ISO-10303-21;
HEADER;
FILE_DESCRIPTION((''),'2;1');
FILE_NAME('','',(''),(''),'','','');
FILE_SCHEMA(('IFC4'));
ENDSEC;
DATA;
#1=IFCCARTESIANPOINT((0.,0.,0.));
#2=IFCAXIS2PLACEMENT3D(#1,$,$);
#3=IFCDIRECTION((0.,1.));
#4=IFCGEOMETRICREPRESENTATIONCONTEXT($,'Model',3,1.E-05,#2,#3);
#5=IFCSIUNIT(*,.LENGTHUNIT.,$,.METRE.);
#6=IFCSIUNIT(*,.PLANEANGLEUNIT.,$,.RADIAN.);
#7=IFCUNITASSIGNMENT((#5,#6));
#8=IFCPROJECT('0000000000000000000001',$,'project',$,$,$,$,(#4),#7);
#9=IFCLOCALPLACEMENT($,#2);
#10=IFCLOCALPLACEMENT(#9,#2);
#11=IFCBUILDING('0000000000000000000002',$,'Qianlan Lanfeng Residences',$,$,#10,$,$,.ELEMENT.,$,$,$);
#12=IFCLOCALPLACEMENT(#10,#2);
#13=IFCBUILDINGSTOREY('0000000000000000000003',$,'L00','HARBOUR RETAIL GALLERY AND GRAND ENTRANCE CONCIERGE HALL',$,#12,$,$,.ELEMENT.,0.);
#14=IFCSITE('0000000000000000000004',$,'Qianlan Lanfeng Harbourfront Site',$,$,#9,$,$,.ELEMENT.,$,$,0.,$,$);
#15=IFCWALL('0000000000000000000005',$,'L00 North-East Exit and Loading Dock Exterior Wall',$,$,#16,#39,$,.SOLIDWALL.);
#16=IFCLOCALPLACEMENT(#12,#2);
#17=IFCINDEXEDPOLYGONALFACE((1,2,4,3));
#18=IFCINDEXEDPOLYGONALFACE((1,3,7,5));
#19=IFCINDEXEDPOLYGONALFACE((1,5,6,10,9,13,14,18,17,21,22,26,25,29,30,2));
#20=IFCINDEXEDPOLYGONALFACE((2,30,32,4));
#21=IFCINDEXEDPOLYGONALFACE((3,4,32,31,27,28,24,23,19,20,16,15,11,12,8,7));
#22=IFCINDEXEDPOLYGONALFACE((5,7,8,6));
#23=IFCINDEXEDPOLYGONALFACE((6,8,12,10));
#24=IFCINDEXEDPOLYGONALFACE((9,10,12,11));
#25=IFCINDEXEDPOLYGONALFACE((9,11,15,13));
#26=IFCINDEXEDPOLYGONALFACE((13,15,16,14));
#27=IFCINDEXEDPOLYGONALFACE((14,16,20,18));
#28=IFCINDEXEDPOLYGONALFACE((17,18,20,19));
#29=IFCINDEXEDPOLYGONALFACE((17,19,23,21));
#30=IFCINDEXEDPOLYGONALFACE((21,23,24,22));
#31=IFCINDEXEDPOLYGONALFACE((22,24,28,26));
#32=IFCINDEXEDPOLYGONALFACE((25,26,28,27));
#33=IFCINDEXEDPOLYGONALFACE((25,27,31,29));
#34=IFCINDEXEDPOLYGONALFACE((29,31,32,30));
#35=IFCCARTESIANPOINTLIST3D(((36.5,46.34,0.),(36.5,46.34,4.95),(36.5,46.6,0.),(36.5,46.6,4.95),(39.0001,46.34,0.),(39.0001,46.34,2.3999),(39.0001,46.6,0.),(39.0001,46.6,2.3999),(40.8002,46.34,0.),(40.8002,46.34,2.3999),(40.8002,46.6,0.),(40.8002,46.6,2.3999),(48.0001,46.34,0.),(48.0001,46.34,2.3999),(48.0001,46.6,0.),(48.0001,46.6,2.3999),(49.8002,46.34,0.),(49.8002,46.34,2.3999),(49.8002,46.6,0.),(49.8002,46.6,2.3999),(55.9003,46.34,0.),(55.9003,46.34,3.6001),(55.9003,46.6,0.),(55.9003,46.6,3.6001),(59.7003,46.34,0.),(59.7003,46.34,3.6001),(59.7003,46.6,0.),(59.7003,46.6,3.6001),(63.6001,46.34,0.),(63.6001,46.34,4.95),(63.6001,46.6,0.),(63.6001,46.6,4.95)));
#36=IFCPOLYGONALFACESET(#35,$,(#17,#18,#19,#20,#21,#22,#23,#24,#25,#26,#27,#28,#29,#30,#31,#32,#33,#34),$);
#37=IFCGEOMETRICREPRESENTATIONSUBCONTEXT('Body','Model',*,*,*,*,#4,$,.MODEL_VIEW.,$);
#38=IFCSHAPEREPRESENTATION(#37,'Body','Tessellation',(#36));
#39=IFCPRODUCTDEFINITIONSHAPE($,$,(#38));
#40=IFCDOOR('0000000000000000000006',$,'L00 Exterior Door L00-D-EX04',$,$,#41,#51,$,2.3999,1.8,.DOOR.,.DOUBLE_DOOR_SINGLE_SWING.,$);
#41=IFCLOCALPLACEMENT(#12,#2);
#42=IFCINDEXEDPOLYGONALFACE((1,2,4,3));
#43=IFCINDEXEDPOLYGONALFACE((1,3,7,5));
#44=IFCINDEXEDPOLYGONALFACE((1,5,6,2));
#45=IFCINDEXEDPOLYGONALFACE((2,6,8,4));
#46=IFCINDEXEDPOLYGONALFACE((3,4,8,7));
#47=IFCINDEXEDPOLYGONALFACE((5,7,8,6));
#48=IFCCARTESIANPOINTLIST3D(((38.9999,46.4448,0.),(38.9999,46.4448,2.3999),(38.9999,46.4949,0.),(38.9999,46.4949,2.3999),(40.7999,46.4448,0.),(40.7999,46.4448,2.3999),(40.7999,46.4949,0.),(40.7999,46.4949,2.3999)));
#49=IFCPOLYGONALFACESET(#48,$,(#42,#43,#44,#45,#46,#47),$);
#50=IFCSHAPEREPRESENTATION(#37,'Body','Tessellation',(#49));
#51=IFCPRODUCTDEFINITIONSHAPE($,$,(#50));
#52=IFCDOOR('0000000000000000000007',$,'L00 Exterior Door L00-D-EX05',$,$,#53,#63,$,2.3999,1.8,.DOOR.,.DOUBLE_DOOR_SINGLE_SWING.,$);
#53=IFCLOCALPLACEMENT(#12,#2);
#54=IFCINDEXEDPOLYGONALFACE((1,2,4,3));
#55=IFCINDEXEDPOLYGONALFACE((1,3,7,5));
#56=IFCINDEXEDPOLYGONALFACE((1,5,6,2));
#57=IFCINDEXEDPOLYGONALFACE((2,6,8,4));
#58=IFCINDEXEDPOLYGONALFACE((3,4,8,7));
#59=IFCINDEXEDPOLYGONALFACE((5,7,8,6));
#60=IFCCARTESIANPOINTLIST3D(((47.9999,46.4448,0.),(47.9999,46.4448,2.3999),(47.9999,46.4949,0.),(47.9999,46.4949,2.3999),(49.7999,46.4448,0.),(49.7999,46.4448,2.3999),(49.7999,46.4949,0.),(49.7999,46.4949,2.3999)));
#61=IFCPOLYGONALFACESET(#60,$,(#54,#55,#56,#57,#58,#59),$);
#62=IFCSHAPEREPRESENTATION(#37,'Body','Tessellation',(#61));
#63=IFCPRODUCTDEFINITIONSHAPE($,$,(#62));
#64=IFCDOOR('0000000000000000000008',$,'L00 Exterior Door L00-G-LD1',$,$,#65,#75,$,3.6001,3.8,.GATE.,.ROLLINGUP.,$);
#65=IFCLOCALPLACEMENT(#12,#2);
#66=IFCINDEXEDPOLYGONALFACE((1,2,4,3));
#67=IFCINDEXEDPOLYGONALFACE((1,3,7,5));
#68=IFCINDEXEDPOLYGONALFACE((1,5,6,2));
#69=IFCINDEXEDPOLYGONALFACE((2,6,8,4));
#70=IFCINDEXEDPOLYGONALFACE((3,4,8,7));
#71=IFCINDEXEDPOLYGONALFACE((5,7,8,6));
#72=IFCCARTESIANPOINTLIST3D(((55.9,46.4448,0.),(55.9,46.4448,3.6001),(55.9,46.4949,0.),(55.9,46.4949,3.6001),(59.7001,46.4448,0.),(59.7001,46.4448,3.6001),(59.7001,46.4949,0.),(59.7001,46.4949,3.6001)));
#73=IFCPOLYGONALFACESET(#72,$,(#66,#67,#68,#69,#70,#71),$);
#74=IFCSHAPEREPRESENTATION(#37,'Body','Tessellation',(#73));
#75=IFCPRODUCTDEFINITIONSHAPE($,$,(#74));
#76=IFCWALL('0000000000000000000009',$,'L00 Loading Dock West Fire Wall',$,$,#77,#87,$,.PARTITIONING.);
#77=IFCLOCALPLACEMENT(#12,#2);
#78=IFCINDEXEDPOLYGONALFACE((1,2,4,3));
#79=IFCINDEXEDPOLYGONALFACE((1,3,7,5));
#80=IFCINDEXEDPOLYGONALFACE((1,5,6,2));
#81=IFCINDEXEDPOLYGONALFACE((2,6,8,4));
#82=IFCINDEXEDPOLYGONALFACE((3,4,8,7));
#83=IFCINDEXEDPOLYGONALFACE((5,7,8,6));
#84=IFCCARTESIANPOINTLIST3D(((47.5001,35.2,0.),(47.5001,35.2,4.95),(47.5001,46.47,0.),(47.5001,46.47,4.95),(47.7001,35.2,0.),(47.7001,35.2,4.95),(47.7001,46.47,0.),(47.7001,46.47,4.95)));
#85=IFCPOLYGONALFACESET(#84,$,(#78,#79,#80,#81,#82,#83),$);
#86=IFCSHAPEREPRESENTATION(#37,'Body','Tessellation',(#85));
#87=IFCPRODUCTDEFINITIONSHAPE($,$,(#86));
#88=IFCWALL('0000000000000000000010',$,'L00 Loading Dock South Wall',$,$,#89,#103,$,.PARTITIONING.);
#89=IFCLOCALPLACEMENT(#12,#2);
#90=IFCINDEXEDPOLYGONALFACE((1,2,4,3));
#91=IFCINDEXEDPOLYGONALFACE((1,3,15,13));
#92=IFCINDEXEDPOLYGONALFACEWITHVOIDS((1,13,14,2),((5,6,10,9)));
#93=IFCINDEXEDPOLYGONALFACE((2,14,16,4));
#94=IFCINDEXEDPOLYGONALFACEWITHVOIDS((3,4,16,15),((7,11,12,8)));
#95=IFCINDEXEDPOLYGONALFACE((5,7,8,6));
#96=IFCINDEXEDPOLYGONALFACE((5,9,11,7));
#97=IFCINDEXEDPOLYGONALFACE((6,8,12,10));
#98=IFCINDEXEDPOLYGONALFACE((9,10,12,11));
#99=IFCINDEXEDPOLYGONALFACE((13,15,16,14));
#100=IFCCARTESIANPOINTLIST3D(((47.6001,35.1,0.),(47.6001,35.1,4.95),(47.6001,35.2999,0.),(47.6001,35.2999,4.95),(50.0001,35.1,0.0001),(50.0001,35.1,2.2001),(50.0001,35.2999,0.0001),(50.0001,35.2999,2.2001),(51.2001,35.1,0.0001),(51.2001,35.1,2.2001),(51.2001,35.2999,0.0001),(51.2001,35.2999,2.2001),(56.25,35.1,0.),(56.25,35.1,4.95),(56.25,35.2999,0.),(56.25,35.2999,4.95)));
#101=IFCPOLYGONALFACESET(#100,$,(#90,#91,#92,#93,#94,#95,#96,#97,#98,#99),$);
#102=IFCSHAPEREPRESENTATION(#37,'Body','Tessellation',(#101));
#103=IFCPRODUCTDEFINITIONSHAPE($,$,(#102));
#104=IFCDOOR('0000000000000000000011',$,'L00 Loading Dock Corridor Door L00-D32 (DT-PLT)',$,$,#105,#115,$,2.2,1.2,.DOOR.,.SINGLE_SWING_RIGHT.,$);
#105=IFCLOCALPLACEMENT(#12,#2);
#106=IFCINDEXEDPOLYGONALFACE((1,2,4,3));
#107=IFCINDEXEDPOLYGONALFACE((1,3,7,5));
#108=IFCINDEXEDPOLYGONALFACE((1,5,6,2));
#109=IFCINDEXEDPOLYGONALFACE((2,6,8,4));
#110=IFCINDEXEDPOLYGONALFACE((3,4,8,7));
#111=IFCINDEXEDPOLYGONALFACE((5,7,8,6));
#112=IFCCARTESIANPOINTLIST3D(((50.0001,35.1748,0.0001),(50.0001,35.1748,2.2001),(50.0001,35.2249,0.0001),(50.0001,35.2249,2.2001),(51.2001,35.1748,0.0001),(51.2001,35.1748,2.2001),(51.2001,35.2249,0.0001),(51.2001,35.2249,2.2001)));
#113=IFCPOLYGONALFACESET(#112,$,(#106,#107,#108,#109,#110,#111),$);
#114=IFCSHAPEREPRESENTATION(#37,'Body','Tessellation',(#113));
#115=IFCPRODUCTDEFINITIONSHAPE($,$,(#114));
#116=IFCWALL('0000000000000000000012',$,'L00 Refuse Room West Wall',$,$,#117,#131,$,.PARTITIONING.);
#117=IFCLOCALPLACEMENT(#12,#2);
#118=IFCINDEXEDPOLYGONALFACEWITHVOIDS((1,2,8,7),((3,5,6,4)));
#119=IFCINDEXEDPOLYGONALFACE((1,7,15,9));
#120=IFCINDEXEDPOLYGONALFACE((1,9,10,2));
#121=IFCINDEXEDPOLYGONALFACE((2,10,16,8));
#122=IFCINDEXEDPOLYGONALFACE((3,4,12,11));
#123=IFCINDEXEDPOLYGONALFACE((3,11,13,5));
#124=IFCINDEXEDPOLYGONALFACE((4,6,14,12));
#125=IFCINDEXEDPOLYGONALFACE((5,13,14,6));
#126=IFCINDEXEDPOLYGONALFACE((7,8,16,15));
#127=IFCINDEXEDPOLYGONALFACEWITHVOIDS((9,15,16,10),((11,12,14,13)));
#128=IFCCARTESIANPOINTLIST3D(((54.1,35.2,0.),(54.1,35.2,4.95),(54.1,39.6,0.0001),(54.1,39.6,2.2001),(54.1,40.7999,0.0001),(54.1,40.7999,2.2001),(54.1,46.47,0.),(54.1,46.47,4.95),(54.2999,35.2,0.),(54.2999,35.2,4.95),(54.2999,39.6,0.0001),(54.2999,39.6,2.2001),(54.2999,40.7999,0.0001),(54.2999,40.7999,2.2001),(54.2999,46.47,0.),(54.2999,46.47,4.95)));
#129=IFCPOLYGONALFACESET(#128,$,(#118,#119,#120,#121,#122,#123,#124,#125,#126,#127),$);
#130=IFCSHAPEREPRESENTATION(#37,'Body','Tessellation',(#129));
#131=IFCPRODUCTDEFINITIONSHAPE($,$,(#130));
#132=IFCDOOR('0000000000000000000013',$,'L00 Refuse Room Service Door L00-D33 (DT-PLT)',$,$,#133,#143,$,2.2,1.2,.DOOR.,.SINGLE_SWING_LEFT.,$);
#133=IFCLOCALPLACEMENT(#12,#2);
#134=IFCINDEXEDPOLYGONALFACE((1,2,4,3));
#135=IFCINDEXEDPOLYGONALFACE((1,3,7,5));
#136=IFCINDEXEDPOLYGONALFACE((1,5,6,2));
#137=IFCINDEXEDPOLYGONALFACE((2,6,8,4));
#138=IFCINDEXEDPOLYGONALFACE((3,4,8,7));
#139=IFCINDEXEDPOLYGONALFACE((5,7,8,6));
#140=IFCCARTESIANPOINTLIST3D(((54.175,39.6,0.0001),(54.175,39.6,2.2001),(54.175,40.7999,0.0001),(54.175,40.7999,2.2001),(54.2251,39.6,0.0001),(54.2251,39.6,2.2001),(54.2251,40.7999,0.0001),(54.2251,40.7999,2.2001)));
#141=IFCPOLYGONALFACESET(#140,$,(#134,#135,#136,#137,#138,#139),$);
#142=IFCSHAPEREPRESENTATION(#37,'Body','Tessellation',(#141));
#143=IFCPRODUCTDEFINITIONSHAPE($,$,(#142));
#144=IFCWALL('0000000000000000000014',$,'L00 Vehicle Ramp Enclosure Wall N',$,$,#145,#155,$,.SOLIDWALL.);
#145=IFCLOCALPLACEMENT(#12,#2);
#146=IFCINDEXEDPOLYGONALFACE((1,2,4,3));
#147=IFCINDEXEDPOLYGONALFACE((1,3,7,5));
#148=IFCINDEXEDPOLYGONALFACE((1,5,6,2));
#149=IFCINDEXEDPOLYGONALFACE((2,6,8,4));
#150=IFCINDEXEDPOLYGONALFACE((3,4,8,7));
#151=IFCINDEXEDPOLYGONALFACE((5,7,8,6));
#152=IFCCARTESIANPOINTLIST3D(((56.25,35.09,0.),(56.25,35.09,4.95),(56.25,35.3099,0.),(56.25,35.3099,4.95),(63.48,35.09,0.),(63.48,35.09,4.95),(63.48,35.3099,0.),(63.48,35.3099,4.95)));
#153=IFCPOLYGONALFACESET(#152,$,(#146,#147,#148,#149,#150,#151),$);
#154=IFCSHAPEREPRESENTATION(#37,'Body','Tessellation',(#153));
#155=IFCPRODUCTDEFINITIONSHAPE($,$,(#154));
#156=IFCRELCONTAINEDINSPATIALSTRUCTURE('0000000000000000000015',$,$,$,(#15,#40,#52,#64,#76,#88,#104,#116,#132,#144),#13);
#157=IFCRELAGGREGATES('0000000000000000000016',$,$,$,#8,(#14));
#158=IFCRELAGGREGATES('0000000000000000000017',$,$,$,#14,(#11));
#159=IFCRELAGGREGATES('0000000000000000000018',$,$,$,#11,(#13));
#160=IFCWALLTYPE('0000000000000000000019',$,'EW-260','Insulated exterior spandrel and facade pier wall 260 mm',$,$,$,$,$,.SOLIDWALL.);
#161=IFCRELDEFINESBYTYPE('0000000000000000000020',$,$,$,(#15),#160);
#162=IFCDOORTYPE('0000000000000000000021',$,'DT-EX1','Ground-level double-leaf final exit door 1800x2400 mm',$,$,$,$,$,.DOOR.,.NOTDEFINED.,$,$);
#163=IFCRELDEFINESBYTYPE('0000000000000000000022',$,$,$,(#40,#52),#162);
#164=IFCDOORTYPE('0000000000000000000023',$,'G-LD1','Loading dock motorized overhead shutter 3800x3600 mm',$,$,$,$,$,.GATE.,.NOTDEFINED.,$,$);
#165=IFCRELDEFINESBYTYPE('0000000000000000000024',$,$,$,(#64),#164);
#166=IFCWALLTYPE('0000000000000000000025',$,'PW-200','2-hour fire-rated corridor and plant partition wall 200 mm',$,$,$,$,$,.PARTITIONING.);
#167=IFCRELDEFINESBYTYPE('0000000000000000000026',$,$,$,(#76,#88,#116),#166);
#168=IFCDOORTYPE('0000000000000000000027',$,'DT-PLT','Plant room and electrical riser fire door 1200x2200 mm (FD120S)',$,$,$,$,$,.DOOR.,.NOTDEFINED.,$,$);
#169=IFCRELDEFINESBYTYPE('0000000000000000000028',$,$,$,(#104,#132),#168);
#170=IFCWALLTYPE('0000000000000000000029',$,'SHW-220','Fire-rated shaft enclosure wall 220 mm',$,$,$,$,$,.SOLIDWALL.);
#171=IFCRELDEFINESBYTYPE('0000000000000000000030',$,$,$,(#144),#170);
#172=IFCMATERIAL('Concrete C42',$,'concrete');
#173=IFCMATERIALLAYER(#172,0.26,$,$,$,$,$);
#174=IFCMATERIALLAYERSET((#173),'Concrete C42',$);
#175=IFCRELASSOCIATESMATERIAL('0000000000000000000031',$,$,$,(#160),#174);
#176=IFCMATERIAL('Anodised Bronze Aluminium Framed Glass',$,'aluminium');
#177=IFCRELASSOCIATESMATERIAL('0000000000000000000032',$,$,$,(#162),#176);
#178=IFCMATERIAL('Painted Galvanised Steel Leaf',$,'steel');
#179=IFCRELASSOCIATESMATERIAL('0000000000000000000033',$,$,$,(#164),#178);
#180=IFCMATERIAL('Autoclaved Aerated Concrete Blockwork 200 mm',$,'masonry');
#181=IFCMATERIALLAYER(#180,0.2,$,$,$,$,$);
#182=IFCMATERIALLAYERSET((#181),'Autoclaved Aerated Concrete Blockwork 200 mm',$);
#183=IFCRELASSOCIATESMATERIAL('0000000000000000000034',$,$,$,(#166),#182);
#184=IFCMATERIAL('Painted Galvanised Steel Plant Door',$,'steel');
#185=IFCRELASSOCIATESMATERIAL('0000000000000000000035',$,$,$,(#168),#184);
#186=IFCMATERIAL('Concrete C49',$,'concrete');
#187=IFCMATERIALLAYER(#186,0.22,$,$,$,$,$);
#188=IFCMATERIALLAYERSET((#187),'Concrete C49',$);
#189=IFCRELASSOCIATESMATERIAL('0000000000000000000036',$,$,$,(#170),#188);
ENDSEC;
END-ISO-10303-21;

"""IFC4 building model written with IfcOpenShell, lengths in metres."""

from ifc_helpers import new_model, si_unit, direction, frame, frame_2d, origin, place, context, subcontext, project, spatial, rectangle, extrude, material, layer, layer_set, type_object, element, fill, save


model = new_model("IFC4")

# Units and contexts
model_context = context("Model", 3, precision=1e-05, world=origin(), true_north=direction((0.0, 1.0)))
body_context = subcontext(model_context, "Body", "Model", "MODEL_VIEW")
ifc_project = project(units=[si_unit("LENGTHUNIT", "METRE"), si_unit("PLANEANGLEUNIT", "RADIAN")], contexts=[model_context])

# Site, building, storey
site_placement = place(None, origin())
site = spatial("IfcSite", under=ifc_project, at=site_placement, Name="Qianlan Lanfeng Harbourfront Site", CompositionType="ELEMENT", RefElevation=0.0)
building_placement = place(site_placement, origin())
building = spatial("IfcBuilding", under=site, at=building_placement, Name="Qianlan Lanfeng Residences", CompositionType="ELEMENT")
storey_placement = place(building_placement, origin())
storey = spatial("IfcBuildingStorey", under=building, at=storey_placement, Name="L00", Description="HARBOUR RETAIL GALLERY AND GRAND ENTRANCE CONCIERGE HALL", CompositionType="ELEMENT", Elevation=0.0)

# Shared definitions
ifc_material_1 = material(Name="Concrete C42", Category="concrete")
ifc_layer_1 = layer(ifc_material_1, 0.26)
ifc_layer_set_1 = layer_set([ifc_layer_1], Name="Concrete C42")
wall_type_1 = type_object("IfcWallType", Name="EW-260", Description="Insulated exterior spandrel and facade pier wall 260 mm", PredefinedType="SOLIDWALL", material=ifc_layer_set_1)

# Wall, openings, doors
wall_1_placement = place(storey_placement, frame((63.6001, 46.47, 0.0), z_axis=(0.0, 0.0, 1.0), x_axis=(-1.0, 0.0, 0.0)))
wall_1 = element("IfcWall", 1, at=wall_1_placement, inside=storey, type_object=wall_type_1, Name="L00 North-East Exit and Loading Dock Exterior Wall", PredefinedType="SOLIDWALL", context=body_context, shape_type="SweptSolid", body=[
    extrude(rectangle(XDim=27.1001, YDim=0.26, at=frame_2d((13.55, 0.0))), origin(), (0.0, 0.0, 1.0), 4.95),
])
opening_1_placement = place(wall_1_placement, frame((22.8, 0.0, 0.0)))
opening_1 = element("IfcOpeningElement", 2, at=opening_1_placement, cuts=wall_1, PredefinedType="OPENING", context=body_context, shape_type="SweptSolid", body=[
    extrude(rectangle(XDim=1.8, YDim=2.3999, at=frame_2d((0.8999, 1.2))), frame((0.0, 0.1401, 0.0), z_axis=(0.0, -1.0, 0.0), x_axis=(1.0, 0.0, 0.0)), (0.0, 0.0, 1.0), 0.28),
])
opening_2_placement = place(wall_1_placement, frame((13.8, 0.0, 0.0)))
opening_2 = element("IfcOpeningElement", 3, at=opening_2_placement, cuts=wall_1, PredefinedType="OPENING", context=body_context, shape_type="SweptSolid", body=[
    extrude(rectangle(XDim=1.8, YDim=2.3999, at=frame_2d((0.8999, 1.2))), frame((0.0, 0.1401, 0.0), z_axis=(0.0, -1.0, 0.0), x_axis=(1.0, 0.0, 0.0)), (0.0, 0.0, 1.0), 0.28),
])
opening_3_placement = place(wall_1_placement, frame((3.8999, 0.0, 0.0)))
opening_3 = element("IfcOpeningElement", 4, at=opening_3_placement, cuts=wall_1, PredefinedType="OPENING", context=body_context, shape_type="SweptSolid", body=[
    extrude(rectangle(XDim=3.8, YDim=3.6001, at=frame_2d((1.8999, 1.8))), frame((0.0, 0.1401, 0.0), z_axis=(0.0, -1.0, 0.0), x_axis=(1.0, 0.0, 0.0)), (0.0, 0.0, 1.0), 0.28),
])
ifc_material_2 = material(Name="Anodised Bronze Aluminium Framed Glass", Category="aluminium")
door_type_1 = type_object("IfcDoorType", Name="DT-EX1", Description="Ground-level double-leaf final exit door 1800x2400 mm", OperationType="NOTDEFINED", PredefinedType="DOOR", material=ifc_material_2)
door_1_placement = place(opening_1_placement, frame((1.8, 0.0, 0.0), z_axis=(0.0, 0.0, 1.0), x_axis=(-1.0, 0.0, 0.0)))
door_1 = element("IfcDoor", 5, at=door_1_placement, inside=storey, type_object=door_type_1, Name="L00 Exterior Door L00-D-EX04", OperationType="DOUBLE_DOOR_SINGLE_SWING", OverallHeight=2.3999, OverallWidth=1.8, PredefinedType="DOOR", context=body_context, shape_type="SweptSolid", body=[
    extrude(rectangle(XDim=1.8, YDim=2.3999, at=frame_2d((0.8999, 1.2))), frame((0.0, 0.0249, 0.0), z_axis=(0.0, -1.0, 0.0), x_axis=(1.0, 0.0, 0.0)), (0.0, 0.0, 1.0), 0.05),
])
fill(opening_1, door_1)
door_2_placement = place(opening_2_placement, frame((1.8, 0.0, 0.0), z_axis=(0.0, 0.0, 1.0), x_axis=(-1.0, 0.0, 0.0)))
door_2 = element("IfcDoor", 6, at=door_2_placement, inside=storey, type_object=door_type_1, Name="L00 Exterior Door L00-D-EX05", OperationType="DOUBLE_DOOR_SINGLE_SWING", OverallHeight=2.3999, OverallWidth=1.8, PredefinedType="DOOR", context=body_context, shape_type="SweptSolid", body=[
    extrude(rectangle(XDim=1.8, YDim=2.3999, at=frame_2d((0.8999, 1.2))), frame((0.0, 0.0249, 0.0), z_axis=(0.0, -1.0, 0.0), x_axis=(1.0, 0.0, 0.0)), (0.0, 0.0, 1.0), 0.05),
])
fill(opening_2, door_2)
ifc_material_3 = material(Name="Painted Galvanised Steel Leaf", Category="steel")
door_type_2 = type_object("IfcDoorType", Name="G-LD1", Description="Loading dock motorized overhead shutter 3800x3600 mm", OperationType="NOTDEFINED", PredefinedType="GATE", material=ifc_material_3)
door_3_placement = place(opening_3_placement, frame((3.8, 0.0, 0.0), z_axis=(0.0, 0.0, 1.0), x_axis=(-1.0, 0.0, 0.0)))
door_3 = element("IfcDoor", 7, at=door_3_placement, inside=storey, type_object=door_type_2, Name="L00 Exterior Door L00-G-LD1", OperationType="ROLLINGUP", OverallHeight=3.6001, OverallWidth=3.8, PredefinedType="GATE", context=body_context, shape_type="SweptSolid", body=[
    extrude(rectangle(XDim=3.8, YDim=3.6001, at=frame_2d((1.8999, 1.8))), frame((0.0, 0.0249, 0.0), z_axis=(0.0, -1.0, 0.0), x_axis=(1.0, 0.0, 0.0)), (0.0, 0.0, 1.0), 0.05),
])
fill(opening_3, door_3)

# Wall
ifc_material_4 = material(Name="Autoclaved Aerated Concrete Blockwork 200 mm", Category="masonry")
ifc_layer_2 = layer(ifc_material_4, 0.2)
ifc_layer_set_2 = layer_set([ifc_layer_2], Name="Autoclaved Aerated Concrete Blockwork 200 mm")
wall_type_2 = type_object("IfcWallType", Name="PW-200", Description="2-hour fire-rated corridor and plant partition wall 200 mm", PredefinedType="PARTITIONING", material=ifc_layer_set_2)
wall_2_placement = place(storey_placement, frame((47.6001, 35.2, 0.0), z_axis=(0.0, 0.0, 1.0), x_axis=(0.0, 1.0, 0.0)))
element("IfcWall", 8, at=wall_2_placement, inside=storey, type_object=wall_type_2, Name="L00 Loading Dock West Fire Wall", PredefinedType="PARTITIONING", context=body_context, shape_type="SweptSolid", body=[
    extrude(rectangle(XDim=11.27, YDim=0.2, at=frame_2d((5.635, 0.0))), origin(), (0.0, 0.0, 1.0), 4.95),
])

# Walls, openings, doors
wall_3_placement = place(storey_placement, frame((47.6001, 35.2, 0.0), z_axis=(0.0, 0.0, 1.0), x_axis=(1.0, 0.0, 0.0)))
wall_3 = element("IfcWall", 9, at=wall_3_placement, inside=storey, type_object=wall_type_2, Name="L00 Loading Dock South Wall", PredefinedType="PARTITIONING", context=body_context, shape_type="SweptSolid", body=[
    extrude(rectangle(XDim=8.6499, YDim=0.2, at=frame_2d((4.325, 0.0))), origin(), (0.0, 0.0, 1.0), 4.95),
])
opening_4_placement = place(wall_3_placement, frame((2.3999, 0.0, 0.0)))
opening_4 = element("IfcOpeningElement", 10, at=opening_4_placement, cuts=wall_3, PredefinedType="OPENING", context=body_context, shape_type="SweptSolid", body=[
    extrude(rectangle(XDim=1.2, YDim=2.2, at=frame_2d((0.6001, 1.1001))), frame((0.0, 0.1099, 0.0), z_axis=(0.0, -1.0, 0.0), x_axis=(1.0, 0.0, 0.0)), (0.0, 0.0, 1.0), 0.22),
])
ifc_material_5 = material(Name="Painted Galvanised Steel Plant Door", Category="steel")
door_type_3 = type_object("IfcDoorType", Name="DT-PLT", Description="Plant room and electrical riser fire door 1200x2200 mm (FD120S)", OperationType="NOTDEFINED", PredefinedType="DOOR", material=ifc_material_5)
door_4_placement = place(opening_4_placement, origin())
door_4 = element("IfcDoor", 11, at=door_4_placement, inside=storey, type_object=door_type_3, Name="L00 Loading Dock Corridor Door L00-D32 (DT-PLT)", OperationType="SINGLE_SWING_RIGHT", OverallHeight=2.2, OverallWidth=1.2, PredefinedType="DOOR", context=body_context, shape_type="SweptSolid", body=[
    extrude(rectangle(XDim=1.2, YDim=2.2, at=frame_2d((0.6001, 1.1001))), frame((0.0, 0.0249, 0.0), z_axis=(0.0, -1.0, 0.0), x_axis=(1.0, 0.0, 0.0)), (0.0, 0.0, 1.0), 0.05),
])
fill(opening_4, door_4)
wall_4_placement = place(storey_placement, frame((54.2, 35.2, 0.0), z_axis=(0.0, 0.0, 1.0), x_axis=(0.0, 1.0, 0.0)))
wall_4 = element("IfcWall", 12, at=wall_4_placement, inside=storey, type_object=wall_type_2, Name="L00 Refuse Room West Wall", PredefinedType="PARTITIONING", context=body_context, shape_type="SweptSolid", body=[
    extrude(rectangle(XDim=11.27, YDim=0.2, at=frame_2d((5.635, 0.0))), origin(), (0.0, 0.0, 1.0), 4.95),
])
opening_5_placement = place(wall_4_placement, frame((4.3999, 0.0, 0.0)))
opening_5 = element("IfcOpeningElement", 13, at=opening_5_placement, cuts=wall_4, PredefinedType="OPENING", context=body_context, shape_type="SweptSolid", body=[
    extrude(rectangle(XDim=1.2, YDim=2.2, at=frame_2d((0.6001, 1.1001))), frame((0.0, 0.1099, 0.0), z_axis=(0.0, -1.0, 0.0), x_axis=(1.0, 0.0, 0.0)), (0.0, 0.0, 1.0), 0.22),
])
door_5_placement = place(opening_5_placement, origin())
door_5 = element("IfcDoor", 14, at=door_5_placement, inside=storey, type_object=door_type_3, Name="L00 Refuse Room Service Door L00-D33 (DT-PLT)", OperationType="SINGLE_SWING_LEFT", OverallHeight=2.2, OverallWidth=1.2, PredefinedType="DOOR", context=body_context, shape_type="SweptSolid", body=[
    extrude(rectangle(XDim=1.2, YDim=2.2, at=frame_2d((0.6001, 1.1001))), frame((0.0, 0.0249, 0.0), z_axis=(0.0, -1.0, 0.0), x_axis=(1.0, 0.0, 0.0)), (0.0, 0.0, 1.0), 0.05),
])
fill(opening_5, door_5)

# Wall
ifc_material_6 = material(Name="Concrete C49", Category="concrete")
ifc_layer_3 = layer(ifc_material_6, 0.22)
ifc_layer_set_3 = layer_set([ifc_layer_3], Name="Concrete C49")
wall_type_3 = type_object("IfcWallType", Name="SHW-220", Description="Fire-rated shaft enclosure wall 220 mm", PredefinedType="SOLIDWALL", material=ifc_layer_set_3)
wall_5_placement = place(storey_placement, frame((56.25, 35.2, 0.0), z_axis=(0.0, 0.0, 1.0), x_axis=(1.0, 0.0, 0.0)))
element("IfcWall", 15, at=wall_5_placement, inside=storey, type_object=wall_type_3, Name="L00 Vehicle Ramp Enclosure Wall N", PredefinedType="SOLIDWALL", context=body_context, shape_type="SweptSolid", body=[
    extrude(rectangle(XDim=7.23, YDim=0.22, at=frame_2d((3.615, 0.0))), origin(), (0.0, 0.0, 1.0), 4.95),
])

save(model, "model.ifc")
